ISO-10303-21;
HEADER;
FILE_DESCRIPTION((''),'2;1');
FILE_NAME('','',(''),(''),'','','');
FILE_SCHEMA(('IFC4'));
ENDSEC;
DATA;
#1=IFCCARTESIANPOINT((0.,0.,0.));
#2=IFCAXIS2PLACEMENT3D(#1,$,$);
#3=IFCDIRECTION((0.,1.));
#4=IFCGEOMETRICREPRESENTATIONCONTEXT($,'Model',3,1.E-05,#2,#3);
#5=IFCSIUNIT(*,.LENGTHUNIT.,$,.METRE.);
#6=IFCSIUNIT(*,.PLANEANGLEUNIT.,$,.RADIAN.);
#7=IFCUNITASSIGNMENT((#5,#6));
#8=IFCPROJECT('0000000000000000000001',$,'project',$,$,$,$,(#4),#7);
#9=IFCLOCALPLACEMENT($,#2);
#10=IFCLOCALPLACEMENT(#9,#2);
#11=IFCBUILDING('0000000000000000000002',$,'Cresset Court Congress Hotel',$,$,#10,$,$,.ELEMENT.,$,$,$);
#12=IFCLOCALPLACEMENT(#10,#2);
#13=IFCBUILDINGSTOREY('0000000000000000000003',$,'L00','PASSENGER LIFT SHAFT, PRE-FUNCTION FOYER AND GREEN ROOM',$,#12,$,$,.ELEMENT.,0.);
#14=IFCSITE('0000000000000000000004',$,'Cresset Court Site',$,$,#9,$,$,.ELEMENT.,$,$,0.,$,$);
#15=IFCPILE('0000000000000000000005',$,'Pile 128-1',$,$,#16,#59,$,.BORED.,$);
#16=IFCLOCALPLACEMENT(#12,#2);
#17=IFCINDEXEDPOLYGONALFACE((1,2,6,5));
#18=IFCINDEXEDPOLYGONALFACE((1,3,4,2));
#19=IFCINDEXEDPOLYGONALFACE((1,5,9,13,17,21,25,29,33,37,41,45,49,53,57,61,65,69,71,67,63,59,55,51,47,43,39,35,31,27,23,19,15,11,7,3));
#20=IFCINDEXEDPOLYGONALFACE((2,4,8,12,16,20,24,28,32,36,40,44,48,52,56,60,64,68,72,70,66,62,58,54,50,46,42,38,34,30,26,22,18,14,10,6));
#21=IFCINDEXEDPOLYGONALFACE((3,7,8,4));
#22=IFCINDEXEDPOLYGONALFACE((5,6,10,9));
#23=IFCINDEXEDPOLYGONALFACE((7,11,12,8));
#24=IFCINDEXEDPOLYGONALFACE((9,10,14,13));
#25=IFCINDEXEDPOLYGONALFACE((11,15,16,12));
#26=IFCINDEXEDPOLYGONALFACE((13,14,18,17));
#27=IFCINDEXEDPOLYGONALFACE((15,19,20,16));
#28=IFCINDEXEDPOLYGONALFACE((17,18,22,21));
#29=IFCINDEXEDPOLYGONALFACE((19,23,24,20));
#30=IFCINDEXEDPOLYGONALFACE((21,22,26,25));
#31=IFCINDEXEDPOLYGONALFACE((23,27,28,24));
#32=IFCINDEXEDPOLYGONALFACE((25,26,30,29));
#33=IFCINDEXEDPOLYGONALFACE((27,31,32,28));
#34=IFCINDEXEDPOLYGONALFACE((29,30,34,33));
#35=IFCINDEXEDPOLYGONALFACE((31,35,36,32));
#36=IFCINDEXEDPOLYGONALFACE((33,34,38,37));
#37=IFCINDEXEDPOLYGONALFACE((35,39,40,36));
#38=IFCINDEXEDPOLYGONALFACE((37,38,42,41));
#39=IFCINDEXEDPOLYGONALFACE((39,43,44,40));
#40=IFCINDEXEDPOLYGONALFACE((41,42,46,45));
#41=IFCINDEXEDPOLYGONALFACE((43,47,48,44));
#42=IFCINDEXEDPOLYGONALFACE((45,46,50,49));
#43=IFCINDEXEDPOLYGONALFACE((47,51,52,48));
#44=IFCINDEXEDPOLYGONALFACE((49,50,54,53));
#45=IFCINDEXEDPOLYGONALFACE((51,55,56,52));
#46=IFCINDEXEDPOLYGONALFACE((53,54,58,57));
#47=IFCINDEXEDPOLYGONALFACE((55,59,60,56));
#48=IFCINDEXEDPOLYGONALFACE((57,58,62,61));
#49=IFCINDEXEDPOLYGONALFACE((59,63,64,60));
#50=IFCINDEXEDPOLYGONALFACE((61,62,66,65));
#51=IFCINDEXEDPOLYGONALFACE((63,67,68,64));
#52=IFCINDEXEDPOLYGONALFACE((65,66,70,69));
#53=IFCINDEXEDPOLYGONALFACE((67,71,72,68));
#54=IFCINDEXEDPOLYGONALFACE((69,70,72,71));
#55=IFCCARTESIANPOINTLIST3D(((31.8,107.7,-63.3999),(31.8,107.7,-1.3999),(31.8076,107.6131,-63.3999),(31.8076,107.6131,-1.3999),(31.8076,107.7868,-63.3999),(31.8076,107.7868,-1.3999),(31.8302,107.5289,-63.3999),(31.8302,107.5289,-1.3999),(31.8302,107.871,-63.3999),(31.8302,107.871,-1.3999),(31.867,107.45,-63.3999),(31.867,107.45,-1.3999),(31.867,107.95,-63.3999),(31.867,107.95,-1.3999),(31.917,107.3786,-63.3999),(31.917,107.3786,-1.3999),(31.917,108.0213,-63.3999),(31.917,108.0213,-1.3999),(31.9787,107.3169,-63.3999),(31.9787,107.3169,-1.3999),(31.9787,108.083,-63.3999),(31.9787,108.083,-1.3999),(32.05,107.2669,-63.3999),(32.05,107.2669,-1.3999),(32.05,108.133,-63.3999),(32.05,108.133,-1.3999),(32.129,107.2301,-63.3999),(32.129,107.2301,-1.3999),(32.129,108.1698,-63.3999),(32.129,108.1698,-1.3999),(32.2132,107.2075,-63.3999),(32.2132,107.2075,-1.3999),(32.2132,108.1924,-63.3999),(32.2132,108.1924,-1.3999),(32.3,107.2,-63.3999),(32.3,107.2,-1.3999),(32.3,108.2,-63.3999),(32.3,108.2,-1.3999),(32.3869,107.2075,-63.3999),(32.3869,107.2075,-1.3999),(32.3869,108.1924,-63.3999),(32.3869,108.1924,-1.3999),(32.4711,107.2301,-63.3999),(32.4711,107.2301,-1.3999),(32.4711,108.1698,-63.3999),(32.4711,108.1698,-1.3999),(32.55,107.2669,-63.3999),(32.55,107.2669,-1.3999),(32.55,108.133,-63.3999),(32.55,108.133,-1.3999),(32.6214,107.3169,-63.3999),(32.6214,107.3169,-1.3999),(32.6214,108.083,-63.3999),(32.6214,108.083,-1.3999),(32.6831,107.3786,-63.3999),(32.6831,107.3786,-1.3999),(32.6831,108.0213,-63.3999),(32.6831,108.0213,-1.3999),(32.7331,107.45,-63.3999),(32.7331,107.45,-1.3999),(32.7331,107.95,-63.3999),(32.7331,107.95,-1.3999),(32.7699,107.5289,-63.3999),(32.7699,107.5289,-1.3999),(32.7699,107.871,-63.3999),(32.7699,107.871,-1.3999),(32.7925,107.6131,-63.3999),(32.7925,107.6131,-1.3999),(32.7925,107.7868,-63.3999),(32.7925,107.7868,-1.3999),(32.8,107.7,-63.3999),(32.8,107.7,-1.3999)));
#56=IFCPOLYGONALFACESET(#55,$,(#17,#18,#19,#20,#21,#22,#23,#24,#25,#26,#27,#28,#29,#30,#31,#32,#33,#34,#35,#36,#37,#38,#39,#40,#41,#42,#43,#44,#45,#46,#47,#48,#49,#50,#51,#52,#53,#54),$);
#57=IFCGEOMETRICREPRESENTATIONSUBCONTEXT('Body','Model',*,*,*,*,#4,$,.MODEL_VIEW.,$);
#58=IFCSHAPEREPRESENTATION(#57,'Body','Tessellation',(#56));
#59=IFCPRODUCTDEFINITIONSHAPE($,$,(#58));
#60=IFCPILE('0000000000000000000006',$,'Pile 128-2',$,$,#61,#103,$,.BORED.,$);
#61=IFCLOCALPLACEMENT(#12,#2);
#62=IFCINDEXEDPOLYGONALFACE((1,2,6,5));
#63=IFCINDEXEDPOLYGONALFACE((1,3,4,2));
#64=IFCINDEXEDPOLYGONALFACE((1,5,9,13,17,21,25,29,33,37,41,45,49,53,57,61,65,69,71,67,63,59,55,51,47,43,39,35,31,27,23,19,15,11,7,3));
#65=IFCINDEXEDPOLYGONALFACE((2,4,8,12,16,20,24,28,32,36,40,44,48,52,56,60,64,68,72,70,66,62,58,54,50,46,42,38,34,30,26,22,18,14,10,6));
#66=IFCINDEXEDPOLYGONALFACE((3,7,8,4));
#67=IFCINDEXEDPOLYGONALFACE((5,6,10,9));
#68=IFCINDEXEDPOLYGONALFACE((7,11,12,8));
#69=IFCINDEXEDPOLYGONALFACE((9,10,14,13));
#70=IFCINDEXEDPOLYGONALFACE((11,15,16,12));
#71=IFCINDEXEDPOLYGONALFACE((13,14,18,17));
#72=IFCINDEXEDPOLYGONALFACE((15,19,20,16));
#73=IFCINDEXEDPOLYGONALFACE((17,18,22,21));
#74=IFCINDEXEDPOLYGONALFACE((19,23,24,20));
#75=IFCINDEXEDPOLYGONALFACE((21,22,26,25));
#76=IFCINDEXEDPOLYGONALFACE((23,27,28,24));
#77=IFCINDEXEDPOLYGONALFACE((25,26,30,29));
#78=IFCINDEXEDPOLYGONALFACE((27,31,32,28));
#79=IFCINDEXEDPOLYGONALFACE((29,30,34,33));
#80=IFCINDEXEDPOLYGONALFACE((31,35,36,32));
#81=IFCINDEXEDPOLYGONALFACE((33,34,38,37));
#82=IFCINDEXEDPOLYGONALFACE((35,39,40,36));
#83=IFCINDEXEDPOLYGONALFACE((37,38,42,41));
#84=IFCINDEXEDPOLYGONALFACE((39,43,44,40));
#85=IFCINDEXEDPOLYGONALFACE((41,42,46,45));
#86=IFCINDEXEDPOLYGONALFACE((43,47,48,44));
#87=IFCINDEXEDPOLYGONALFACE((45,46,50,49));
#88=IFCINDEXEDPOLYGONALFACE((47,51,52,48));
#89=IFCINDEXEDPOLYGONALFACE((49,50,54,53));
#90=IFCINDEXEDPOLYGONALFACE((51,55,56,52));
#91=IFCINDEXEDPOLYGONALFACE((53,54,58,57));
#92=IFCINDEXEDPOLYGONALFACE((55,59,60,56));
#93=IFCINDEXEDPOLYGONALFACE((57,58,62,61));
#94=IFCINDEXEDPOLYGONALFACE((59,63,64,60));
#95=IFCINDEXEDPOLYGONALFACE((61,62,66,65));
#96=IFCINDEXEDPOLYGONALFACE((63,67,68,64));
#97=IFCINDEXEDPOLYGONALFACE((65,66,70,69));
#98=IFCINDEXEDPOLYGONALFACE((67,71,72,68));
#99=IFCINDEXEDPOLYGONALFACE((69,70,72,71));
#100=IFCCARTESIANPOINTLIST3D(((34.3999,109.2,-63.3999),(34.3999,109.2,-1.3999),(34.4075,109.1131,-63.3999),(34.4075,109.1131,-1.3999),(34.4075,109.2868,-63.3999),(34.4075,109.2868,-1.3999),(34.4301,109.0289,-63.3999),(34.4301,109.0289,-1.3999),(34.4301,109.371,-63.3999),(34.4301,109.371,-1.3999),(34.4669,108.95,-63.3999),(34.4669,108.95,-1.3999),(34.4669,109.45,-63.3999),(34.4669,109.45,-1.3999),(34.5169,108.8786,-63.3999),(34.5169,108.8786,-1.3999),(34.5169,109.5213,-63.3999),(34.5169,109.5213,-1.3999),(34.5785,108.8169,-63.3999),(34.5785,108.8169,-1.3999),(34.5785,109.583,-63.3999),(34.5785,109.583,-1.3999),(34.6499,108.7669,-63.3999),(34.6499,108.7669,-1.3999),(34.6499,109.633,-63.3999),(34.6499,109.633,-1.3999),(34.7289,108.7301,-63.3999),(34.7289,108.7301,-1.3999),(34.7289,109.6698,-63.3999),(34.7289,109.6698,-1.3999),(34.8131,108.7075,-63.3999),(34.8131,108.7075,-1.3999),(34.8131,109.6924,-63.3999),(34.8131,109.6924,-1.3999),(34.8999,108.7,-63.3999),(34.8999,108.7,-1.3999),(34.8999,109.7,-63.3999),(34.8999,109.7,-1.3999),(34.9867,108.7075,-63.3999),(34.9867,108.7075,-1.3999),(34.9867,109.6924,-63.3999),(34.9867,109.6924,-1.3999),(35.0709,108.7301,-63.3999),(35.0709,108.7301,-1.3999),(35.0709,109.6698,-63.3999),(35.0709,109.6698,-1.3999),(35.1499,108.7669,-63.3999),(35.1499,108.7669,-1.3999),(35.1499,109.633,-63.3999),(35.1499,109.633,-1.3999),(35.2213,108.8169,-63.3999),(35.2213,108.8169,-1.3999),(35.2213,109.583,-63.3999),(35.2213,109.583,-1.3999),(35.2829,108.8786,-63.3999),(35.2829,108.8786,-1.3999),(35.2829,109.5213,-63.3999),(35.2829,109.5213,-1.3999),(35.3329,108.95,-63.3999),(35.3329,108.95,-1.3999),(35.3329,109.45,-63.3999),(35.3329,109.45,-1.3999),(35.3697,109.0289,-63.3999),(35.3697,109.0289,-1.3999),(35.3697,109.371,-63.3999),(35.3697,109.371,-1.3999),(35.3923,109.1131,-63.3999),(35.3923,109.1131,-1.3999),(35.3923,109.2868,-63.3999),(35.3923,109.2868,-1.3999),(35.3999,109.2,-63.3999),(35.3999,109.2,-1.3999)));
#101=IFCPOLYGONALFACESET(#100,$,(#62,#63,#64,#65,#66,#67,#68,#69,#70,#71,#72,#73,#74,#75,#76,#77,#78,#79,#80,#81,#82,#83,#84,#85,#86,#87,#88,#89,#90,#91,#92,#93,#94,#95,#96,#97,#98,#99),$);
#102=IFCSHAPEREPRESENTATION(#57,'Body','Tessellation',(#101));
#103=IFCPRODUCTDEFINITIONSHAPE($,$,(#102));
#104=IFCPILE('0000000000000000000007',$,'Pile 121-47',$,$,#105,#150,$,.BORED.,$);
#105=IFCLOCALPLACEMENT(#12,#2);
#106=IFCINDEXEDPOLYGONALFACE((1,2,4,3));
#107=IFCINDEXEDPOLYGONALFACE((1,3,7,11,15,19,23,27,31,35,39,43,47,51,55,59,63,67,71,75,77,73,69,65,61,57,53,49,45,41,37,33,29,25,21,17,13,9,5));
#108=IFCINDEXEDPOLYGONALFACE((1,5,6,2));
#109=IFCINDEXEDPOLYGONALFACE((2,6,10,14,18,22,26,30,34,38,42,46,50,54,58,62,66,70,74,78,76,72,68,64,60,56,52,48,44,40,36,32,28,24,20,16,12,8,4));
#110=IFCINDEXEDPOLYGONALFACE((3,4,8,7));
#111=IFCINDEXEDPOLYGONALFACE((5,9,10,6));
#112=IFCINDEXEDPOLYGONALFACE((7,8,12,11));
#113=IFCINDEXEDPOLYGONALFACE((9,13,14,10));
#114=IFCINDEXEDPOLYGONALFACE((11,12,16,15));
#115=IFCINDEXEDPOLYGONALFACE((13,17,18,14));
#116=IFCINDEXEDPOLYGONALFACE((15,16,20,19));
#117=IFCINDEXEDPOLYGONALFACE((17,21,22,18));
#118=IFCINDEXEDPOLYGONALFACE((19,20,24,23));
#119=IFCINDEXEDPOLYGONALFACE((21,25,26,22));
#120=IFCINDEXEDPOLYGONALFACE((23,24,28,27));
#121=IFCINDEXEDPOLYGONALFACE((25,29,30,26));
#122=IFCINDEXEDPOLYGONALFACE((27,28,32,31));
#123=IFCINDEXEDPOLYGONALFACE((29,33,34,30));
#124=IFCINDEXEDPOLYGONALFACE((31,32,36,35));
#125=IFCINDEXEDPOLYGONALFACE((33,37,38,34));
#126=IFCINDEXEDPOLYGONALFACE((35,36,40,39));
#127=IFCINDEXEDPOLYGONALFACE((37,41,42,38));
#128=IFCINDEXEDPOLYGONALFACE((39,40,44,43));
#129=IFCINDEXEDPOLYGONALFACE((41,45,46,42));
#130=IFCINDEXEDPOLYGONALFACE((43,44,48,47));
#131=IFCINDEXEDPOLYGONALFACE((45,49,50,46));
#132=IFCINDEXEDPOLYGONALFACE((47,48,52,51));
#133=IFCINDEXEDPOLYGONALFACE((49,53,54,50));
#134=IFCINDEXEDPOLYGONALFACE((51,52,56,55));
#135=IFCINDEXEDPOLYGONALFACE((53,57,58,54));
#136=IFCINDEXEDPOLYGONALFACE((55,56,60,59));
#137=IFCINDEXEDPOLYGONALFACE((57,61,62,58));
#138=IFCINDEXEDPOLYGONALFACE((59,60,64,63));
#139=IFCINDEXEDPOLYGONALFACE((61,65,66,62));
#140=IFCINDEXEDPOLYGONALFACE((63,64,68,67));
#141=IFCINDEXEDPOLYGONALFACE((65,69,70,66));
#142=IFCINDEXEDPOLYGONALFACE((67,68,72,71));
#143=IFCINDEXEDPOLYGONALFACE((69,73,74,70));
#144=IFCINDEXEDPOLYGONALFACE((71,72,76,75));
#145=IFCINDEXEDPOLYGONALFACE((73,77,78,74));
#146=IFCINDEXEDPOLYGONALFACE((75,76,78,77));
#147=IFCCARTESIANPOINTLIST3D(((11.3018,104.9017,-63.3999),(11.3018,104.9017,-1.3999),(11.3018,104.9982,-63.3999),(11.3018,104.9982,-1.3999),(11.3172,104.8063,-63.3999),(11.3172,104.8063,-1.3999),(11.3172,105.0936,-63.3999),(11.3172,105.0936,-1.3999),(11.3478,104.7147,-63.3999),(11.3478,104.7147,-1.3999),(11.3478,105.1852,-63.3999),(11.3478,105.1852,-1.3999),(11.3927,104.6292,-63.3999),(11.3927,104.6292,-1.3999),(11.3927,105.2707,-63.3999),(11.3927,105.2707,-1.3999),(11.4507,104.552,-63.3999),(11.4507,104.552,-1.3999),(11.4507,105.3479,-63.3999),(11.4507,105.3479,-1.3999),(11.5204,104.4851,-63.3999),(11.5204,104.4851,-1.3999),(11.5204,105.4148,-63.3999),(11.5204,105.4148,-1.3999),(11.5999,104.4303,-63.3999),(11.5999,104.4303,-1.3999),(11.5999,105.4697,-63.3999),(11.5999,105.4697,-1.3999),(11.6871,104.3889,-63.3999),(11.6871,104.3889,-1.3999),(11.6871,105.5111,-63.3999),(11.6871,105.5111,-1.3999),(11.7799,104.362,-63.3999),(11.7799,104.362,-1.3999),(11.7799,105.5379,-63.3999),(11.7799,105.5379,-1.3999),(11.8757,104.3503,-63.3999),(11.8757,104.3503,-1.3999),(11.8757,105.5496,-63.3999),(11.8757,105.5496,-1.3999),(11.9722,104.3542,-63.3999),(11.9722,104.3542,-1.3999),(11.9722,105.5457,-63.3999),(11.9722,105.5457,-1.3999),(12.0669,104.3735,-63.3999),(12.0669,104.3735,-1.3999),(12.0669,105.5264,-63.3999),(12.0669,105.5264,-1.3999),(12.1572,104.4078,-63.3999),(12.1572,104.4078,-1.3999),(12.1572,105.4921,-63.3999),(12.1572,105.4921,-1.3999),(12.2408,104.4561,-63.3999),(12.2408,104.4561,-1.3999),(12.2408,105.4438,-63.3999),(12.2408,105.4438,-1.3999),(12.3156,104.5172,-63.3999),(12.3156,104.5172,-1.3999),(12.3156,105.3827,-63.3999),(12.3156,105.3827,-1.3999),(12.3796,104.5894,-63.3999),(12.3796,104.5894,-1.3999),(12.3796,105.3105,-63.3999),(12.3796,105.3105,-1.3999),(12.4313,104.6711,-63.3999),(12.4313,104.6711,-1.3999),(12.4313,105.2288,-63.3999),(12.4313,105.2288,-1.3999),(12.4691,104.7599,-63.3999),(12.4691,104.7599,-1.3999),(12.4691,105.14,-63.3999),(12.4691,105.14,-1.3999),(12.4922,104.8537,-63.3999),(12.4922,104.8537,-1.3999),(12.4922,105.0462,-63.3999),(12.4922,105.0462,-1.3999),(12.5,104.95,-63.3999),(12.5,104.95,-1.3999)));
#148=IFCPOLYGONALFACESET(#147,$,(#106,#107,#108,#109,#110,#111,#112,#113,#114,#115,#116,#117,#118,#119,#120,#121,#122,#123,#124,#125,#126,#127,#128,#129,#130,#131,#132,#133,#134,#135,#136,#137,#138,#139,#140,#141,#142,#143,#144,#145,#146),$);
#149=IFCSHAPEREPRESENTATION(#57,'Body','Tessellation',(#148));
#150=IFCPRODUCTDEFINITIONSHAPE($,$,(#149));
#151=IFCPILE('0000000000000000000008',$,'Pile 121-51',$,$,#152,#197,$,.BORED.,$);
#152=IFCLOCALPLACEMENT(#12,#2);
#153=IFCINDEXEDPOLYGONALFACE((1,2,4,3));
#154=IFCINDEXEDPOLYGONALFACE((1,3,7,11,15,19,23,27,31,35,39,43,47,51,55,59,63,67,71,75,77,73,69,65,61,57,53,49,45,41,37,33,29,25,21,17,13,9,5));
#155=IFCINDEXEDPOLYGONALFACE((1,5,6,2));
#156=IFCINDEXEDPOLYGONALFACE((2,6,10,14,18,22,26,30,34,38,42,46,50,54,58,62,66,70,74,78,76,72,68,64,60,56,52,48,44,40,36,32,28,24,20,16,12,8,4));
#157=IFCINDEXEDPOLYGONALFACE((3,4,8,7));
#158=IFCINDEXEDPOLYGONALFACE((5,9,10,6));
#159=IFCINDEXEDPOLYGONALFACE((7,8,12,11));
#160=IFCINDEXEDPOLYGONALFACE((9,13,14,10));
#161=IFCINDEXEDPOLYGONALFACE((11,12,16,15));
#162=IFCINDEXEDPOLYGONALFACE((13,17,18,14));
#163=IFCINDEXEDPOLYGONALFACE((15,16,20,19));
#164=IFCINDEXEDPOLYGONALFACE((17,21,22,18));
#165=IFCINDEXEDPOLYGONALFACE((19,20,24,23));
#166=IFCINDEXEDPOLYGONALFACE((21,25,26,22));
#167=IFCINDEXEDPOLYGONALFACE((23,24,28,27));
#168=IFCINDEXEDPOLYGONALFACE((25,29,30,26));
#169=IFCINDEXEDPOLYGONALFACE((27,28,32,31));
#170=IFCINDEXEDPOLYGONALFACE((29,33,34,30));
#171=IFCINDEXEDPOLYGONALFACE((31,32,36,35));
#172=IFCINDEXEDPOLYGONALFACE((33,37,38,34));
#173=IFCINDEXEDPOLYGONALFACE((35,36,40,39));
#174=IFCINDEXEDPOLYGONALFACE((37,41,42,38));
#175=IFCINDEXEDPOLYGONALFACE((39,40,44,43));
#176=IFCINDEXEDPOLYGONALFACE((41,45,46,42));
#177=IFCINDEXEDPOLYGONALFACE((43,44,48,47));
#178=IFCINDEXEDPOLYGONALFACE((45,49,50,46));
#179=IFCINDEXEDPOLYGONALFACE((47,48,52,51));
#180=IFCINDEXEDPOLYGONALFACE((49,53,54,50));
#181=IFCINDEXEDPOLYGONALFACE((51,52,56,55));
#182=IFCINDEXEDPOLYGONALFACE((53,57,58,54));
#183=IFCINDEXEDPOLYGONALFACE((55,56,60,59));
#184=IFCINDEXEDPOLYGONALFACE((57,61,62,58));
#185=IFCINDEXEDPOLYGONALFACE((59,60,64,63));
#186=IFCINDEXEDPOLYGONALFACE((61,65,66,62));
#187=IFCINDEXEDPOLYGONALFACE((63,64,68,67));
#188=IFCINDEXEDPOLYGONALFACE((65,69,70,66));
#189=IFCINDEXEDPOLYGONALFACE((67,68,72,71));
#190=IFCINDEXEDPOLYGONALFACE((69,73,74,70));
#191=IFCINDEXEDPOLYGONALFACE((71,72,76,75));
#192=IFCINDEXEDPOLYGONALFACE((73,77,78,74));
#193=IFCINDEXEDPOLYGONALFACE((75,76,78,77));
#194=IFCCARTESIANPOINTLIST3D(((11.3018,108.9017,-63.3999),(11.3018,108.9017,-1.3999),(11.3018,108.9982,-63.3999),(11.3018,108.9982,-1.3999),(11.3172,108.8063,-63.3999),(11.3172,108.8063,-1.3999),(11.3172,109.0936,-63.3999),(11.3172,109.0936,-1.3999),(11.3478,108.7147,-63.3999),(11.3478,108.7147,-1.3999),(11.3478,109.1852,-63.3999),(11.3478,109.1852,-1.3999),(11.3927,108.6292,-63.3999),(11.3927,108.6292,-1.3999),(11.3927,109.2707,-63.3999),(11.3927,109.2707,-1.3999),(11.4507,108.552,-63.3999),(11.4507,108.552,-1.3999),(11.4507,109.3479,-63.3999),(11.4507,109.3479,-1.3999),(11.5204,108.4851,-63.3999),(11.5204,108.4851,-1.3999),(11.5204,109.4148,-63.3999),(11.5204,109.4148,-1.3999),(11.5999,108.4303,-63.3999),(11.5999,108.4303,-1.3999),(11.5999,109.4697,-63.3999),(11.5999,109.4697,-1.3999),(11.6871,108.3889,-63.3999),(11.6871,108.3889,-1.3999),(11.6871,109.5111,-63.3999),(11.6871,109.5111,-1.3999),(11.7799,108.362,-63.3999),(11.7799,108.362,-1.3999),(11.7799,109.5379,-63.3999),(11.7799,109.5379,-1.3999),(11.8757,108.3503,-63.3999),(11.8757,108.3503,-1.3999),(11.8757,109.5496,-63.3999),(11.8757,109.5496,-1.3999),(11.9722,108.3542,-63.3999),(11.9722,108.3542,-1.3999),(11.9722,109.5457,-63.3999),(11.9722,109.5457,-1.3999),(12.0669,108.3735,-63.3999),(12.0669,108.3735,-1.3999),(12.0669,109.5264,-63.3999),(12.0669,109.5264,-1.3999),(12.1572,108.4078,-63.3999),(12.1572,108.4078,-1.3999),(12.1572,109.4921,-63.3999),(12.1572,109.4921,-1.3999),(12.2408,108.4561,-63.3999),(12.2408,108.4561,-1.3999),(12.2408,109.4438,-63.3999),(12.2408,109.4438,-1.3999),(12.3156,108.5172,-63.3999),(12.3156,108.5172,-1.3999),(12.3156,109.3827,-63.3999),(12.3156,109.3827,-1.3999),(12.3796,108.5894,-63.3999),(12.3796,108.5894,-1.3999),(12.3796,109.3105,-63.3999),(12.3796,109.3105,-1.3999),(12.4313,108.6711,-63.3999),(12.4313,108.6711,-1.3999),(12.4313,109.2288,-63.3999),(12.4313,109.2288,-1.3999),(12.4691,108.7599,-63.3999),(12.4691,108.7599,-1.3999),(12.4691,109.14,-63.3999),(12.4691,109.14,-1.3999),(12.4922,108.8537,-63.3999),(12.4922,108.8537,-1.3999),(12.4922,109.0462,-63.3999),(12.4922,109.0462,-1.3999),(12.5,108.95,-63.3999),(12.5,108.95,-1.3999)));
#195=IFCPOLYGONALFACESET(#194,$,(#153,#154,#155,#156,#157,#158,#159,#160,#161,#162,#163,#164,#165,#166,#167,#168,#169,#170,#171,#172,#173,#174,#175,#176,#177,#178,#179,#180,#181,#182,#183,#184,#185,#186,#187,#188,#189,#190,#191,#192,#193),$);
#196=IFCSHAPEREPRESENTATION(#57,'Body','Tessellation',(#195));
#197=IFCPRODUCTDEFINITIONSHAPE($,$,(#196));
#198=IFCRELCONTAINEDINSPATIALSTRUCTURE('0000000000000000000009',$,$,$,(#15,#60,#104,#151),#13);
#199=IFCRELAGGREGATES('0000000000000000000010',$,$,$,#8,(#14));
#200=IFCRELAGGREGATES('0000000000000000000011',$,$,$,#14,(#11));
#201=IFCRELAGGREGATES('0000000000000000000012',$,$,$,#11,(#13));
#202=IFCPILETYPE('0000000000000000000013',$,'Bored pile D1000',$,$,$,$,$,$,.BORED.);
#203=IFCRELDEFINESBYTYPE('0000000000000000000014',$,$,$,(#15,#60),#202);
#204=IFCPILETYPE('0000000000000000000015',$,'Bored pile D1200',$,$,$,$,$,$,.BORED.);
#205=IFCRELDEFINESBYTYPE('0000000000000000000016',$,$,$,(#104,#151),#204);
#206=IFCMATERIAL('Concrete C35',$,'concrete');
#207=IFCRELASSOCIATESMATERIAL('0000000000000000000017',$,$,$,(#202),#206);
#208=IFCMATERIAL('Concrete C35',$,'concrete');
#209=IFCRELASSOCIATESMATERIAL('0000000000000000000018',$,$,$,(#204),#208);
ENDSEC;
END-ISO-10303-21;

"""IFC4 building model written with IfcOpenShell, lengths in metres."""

from ifc_helpers import new_model, si_unit, direction, frame, origin, origin_2d, place, context, subcontext, project, spatial, circle, extrude, material, type_object, element, save


model = new_model("IFC4")

# Units and contexts
model_context = context("Model", 3, precision=1e-05, world=origin(), true_north=direction((0.0, 1.0)))
body_context = subcontext(model_context, "Body", "Model", "MODEL_VIEW")
ifc_project = project(units=[si_unit("LENGTHUNIT", "METRE"), si_unit("PLANEANGLEUNIT", "RADIAN")], contexts=[model_context])

# Site, building, storey
site_placement = place(None, origin())
site = spatial("IfcSite", under=ifc_project, at=site_placement, Name="Cresset Court Site", CompositionType="ELEMENT", RefElevation=0.0)
building_placement = place(site_placement, origin())
building = spatial("IfcBuilding", under=site, at=building_placement, Name="Cresset Court Congress Hotel", CompositionType="ELEMENT")
storey_placement = place(building_placement, origin())
storey = spatial("IfcBuildingStorey", under=building, at=storey_placement, Name="L00", Description="PASSENGER LIFT SHAFT, PRE-FUNCTION FOYER AND GREEN ROOM", CompositionType="ELEMENT", Elevation=0.0)

# Piles
ifc_material_1 = material(Name="Concrete C35", Category="concrete")
pile_type_1 = type_object("IfcPileType", Name="Bored pile D1000", PredefinedType="BORED", material=ifc_material_1)
for number, where, z_axis, x_axis, name in (
    (1, (32.3, 107.7, -1.3999), (0.0, 0.0, -1.0), (1.0, 0.0, 0.0), "Pile 128-1"),
    (2, (34.8999, 109.2, -1.3999), (0.0, 0.0, -1.0), (1.0, 0.0, 0.0), "Pile 128-2"),
):
    element("IfcPile", number, at=place(storey_placement, frame(where, z_axis=z_axis, x_axis=x_axis)), inside=storey, type_object=pile_type_1, Name=name, PredefinedType="BORED", context=body_context, shape_type="SweptSolid", body=[
        extrude(circle(Radius=0.5, at=origin_2d()), origin(), (0.0, 0.0, 1.0), 62.0),
    ])
ifc_material_2 = material(Name="Concrete C35", Category="concrete")
pile_type_2 = type_object("IfcPileType", Name="Bored pile D1200", PredefinedType="BORED", material=ifc_material_2)
for number, where, z_axis, x_axis, name in (
    (3, (11.8999, 104.95, -1.3999), (0.0, 0.0, -1.0), (1.0, 0.0, 0.0), "Pile 121-47"),
    (4, (11.8999, 108.95, -1.3999), (0.0, 0.0, -1.0), (1.0, 0.0, 0.0), "Pile 121-51"),
):
    element("IfcPile", number, at=place(storey_placement, frame(where, z_axis=z_axis, x_axis=x_axis)), inside=storey, type_object=pile_type_2, Name=name, PredefinedType="BORED", context=body_context, shape_type="SweptSolid", body=[
        extrude(circle(Radius=0.6001, at=origin_2d()), origin(), (0.0, 0.0, 1.0), 62.0),
    ])

save(model, "model.ifc")
